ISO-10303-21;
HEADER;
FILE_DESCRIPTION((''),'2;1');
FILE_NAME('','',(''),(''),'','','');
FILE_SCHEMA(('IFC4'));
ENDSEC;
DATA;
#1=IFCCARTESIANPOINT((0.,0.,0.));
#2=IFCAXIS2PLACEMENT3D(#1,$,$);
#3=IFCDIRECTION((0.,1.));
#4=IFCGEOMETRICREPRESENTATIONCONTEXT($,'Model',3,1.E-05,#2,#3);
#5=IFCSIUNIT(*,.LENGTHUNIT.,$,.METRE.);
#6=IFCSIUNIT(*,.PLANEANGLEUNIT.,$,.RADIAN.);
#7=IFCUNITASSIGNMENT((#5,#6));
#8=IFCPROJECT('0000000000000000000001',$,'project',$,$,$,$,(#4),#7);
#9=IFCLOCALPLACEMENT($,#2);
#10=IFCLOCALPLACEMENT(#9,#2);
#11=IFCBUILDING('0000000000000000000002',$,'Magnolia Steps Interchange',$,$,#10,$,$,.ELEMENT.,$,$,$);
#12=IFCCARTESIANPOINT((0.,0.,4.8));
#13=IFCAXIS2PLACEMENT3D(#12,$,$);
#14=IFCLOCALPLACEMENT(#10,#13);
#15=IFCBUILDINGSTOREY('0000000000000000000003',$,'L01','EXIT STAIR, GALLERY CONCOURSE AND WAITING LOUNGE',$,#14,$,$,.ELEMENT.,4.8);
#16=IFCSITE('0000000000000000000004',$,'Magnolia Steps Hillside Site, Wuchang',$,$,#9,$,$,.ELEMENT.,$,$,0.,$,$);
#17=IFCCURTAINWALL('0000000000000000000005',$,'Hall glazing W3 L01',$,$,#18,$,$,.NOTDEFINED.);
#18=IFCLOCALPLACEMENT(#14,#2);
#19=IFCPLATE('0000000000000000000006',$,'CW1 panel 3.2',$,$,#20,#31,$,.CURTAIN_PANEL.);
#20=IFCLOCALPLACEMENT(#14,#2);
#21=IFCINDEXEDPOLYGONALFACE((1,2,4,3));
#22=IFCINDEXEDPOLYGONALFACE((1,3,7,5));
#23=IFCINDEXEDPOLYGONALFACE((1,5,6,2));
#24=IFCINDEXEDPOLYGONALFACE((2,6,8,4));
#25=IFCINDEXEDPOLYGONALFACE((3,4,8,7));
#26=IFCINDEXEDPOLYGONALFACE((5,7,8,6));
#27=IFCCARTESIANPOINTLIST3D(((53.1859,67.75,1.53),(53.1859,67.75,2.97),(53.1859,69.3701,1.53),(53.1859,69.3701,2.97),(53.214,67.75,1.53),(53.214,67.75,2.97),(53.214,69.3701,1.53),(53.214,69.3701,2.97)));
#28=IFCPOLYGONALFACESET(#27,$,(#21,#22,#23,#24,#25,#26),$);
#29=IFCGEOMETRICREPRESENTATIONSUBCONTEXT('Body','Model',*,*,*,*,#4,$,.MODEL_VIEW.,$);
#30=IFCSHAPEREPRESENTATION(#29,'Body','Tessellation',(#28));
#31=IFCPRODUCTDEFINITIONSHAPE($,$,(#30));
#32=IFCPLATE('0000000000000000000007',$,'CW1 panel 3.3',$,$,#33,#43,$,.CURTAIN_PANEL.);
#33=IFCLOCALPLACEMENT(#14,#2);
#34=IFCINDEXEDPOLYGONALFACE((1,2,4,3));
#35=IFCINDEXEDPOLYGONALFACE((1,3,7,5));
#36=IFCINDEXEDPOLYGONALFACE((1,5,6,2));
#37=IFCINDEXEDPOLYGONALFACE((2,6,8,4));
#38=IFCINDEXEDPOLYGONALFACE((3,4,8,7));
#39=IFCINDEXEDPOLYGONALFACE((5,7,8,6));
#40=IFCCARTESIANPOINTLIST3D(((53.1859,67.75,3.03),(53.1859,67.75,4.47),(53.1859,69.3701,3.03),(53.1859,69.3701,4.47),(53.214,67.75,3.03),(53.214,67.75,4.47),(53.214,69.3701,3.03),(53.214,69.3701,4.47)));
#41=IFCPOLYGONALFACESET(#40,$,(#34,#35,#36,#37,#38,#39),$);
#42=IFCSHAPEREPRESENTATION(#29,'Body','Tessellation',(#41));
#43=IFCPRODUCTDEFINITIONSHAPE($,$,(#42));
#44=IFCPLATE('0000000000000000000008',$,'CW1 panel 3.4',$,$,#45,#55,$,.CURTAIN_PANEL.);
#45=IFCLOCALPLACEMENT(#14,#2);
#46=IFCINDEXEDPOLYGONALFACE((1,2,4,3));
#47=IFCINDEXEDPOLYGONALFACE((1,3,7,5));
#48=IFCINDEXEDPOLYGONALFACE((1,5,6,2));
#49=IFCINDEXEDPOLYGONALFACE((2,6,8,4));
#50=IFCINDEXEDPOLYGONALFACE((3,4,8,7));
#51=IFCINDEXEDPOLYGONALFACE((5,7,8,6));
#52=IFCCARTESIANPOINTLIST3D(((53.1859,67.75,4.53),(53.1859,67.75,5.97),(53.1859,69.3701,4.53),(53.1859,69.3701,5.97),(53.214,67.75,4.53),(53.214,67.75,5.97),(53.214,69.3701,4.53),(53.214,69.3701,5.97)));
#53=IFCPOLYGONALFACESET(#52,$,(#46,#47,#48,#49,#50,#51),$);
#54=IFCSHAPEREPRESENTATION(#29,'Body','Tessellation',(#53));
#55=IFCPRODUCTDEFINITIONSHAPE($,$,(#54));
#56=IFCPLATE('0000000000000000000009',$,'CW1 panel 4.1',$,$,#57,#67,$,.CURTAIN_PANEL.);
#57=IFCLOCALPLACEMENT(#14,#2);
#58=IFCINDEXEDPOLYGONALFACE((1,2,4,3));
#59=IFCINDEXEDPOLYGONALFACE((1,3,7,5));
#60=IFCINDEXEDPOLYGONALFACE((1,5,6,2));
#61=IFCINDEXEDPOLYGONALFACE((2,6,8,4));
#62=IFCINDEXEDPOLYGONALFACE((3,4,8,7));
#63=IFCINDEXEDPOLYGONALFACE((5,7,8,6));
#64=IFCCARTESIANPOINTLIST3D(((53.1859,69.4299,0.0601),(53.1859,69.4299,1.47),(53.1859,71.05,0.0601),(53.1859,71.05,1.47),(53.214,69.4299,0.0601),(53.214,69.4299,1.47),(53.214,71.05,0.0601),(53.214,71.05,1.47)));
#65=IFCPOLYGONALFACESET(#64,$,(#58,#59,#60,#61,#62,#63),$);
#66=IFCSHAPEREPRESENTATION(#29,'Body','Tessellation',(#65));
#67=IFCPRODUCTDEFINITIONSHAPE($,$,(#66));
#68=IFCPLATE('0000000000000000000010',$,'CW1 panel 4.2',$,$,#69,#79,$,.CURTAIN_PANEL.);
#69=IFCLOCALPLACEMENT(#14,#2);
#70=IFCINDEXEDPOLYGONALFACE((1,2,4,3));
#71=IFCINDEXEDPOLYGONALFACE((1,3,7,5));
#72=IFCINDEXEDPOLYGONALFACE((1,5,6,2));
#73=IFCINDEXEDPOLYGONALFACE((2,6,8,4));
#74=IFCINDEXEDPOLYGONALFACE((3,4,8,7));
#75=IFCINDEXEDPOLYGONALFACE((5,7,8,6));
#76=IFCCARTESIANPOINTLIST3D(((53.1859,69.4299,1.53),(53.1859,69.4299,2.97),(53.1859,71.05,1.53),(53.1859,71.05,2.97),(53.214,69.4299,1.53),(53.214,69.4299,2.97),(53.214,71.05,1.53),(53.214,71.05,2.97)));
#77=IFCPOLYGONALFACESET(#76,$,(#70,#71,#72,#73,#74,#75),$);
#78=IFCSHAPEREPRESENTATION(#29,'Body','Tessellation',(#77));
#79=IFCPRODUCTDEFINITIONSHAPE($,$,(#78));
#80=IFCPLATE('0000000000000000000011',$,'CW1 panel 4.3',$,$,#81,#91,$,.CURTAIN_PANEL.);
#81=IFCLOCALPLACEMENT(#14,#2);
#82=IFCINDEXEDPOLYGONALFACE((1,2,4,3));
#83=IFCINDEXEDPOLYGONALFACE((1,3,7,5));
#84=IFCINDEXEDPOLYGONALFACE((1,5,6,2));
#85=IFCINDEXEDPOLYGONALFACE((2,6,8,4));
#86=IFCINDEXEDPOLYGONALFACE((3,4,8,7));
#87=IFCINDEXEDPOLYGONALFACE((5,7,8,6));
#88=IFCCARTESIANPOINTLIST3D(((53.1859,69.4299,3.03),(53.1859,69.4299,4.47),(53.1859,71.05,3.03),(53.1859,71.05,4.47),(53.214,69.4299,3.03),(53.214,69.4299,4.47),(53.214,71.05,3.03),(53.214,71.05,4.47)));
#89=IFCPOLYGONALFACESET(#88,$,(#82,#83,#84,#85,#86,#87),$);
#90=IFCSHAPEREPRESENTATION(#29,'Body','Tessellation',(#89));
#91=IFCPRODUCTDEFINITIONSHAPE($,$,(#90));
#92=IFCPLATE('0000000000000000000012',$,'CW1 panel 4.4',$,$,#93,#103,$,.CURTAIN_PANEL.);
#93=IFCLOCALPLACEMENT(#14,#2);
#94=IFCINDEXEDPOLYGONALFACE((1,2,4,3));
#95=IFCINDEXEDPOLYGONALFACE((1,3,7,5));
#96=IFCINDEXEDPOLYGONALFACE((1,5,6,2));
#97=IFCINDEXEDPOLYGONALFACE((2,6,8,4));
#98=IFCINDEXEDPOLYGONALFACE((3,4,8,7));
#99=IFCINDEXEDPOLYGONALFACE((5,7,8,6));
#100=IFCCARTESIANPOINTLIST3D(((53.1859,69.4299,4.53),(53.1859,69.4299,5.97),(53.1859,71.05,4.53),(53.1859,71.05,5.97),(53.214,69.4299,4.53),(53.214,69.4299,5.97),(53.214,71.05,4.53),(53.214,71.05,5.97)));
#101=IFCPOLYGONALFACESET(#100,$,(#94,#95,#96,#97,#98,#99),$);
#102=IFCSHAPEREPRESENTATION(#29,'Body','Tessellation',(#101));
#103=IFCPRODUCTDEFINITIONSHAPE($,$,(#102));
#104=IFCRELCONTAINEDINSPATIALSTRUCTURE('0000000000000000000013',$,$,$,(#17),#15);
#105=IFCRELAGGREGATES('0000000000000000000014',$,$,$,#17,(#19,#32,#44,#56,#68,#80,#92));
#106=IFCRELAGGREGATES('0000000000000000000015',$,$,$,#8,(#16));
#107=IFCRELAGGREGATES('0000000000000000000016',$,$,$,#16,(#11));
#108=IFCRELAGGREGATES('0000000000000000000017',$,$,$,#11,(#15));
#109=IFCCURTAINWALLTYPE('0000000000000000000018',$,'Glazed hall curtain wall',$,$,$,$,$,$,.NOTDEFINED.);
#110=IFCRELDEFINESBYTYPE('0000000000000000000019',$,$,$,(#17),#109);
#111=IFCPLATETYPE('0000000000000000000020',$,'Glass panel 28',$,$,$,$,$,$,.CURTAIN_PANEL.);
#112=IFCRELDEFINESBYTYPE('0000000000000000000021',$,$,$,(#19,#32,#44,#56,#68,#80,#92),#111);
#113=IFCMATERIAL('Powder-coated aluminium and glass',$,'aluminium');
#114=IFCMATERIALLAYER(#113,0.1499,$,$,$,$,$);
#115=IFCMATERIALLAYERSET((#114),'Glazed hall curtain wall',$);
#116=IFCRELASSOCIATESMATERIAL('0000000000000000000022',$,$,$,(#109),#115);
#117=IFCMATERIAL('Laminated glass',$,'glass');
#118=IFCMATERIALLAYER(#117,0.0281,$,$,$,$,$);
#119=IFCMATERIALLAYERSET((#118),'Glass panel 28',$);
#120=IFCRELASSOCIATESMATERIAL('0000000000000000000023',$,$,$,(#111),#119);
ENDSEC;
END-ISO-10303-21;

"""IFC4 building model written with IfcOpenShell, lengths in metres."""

from ifc_helpers import new_model, si_unit, direction, frame, origin, origin_2d, place, context, subcontext, project, spatial, rectangle, extrude, material, layer, layer_set, type_object, element, aggregate, save


model = new_model("IFC4")

# Units and contexts
model_context = context("Model", 3, precision=1e-05, world=origin(), true_north=direction((0.0, 1.0)))
body_context = subcontext(model_context, "Body", "Model", "MODEL_VIEW")
ifc_project = project(units=[si_unit("LENGTHUNIT", "METRE"), si_unit("PLANEANGLEUNIT", "RADIAN")], contexts=[model_context])

# Site, building, storey
site_placement = place(None, origin())
site = spatial("IfcSite", under=ifc_project, at=site_placement, Name="Magnolia Steps Hillside Site, Wuchang", CompositionType="ELEMENT", RefElevation=0.0)
building_placement = place(site_placement, origin())
building = spatial("IfcBuilding", under=site, at=building_placement, Name="Magnolia Steps Interchange", CompositionType="ELEMENT")
storey_placement = place(building_placement, frame((0.0, 0.0, 4.8)))
storey = spatial("IfcBuildingStorey", under=building, at=storey_placement, Name="L01", Description="EXIT STAIR, GALLERY CONCOURSE AND WAITING LOUNGE", CompositionType="ELEMENT", Elevation=4.8)

# Curtain wall, plates
ifc_material_1 = material(Name="Powder-coated aluminium and glass", Category="aluminium")
ifc_layer_1 = layer(ifc_material_1, 0.1499)
ifc_layer_set_1 = layer_set([ifc_layer_1], Name="Glazed hall curtain wall")
curtain_wall_type = type_object("IfcCurtainWallType", Name="Glazed hall curtain wall", PredefinedType="NOTDEFINED", material=ifc_layer_set_1)
curtain_wall_placement = place(storey_placement, origin())
curtain_wall = element("IfcCurtainWall", 1, at=curtain_wall_placement, inside=storey, type_object=curtain_wall_type, Name="Hall glazing W3 L01", PredefinedType="NOTDEFINED")
ifc_material_2 = material(Name="Laminated glass", Category="glass")
ifc_layer_2 = layer(ifc_material_2, 0.0281)
ifc_layer_set_2 = layer_set([ifc_layer_2], Name="Glass panel 28")
plate_type = type_object("IfcPlateType", Name="Glass panel 28", PredefinedType="CURTAIN_PANEL", material=ifc_layer_set_2)
plate_1_placement = place(storey_placement, frame((53.2, 68.5601, 1.53), z_axis=(0.0, 0.0, 1.0), x_axis=(0.0, 1.0, 0.0)))
plate_1 = element("IfcPlate", 2, at=plate_1_placement, type_object=plate_type, Name="CW1 panel 3.2", PredefinedType="CURTAIN_PANEL", context=body_context, shape_type="SweptSolid", body=[
    extrude(rectangle(XDim=1.6201, YDim=0.0281, at=origin_2d()), origin(), (0.0, 0.0, 1.0), 1.4399),
])
plate_2_placement = place(storey_placement, frame((53.2, 68.5601, 3.03), z_axis=(0.0, 0.0, 1.0), x_axis=(0.0, 1.0, 0.0)))
plate_2 = element("IfcPlate", 3, at=plate_2_placement, type_object=plate_type, Name="CW1 panel 3.3", PredefinedType="CURTAIN_PANEL", context=body_context, shape_type="SweptSolid", body=[
    extrude(rectangle(XDim=1.6201, YDim=0.0281, at=origin_2d()), origin(), (0.0, 0.0, 1.0), 1.4399),
])
plate_3_placement = place(storey_placement, frame((53.2, 68.5601, 4.53), z_axis=(0.0, 0.0, 1.0), x_axis=(0.0, 1.0, 0.0)))
plate_3 = element("IfcPlate", 4, at=plate_3_placement, type_object=plate_type, Name="CW1 panel 3.4", PredefinedType="CURTAIN_PANEL", context=body_context, shape_type="SweptSolid", body=[
    extrude(rectangle(XDim=1.6201, YDim=0.0281, at=origin_2d()), origin(), (0.0, 0.0, 1.0), 1.4399),
])
plate_4_placement = place(storey_placement, frame((53.2, 70.24, 0.0601), z_axis=(0.0, 0.0, 1.0), x_axis=(0.0, 1.0, 0.0)))
plate_4 = element("IfcPlate", 5, at=plate_4_placement, type_object=plate_type, Name="CW1 panel 4.1", PredefinedType="CURTAIN_PANEL", context=body_context, shape_type="SweptSolid", body=[
    extrude(rectangle(XDim=1.6201, YDim=0.0281, at=origin_2d()), origin(), (0.0, 0.0, 1.0), 1.4099),
])
plate_5_placement = place(storey_placement, frame((53.2, 70.24, 1.53), z_axis=(0.0, 0.0, 1.0), x_axis=(0.0, 1.0, 0.0)))
plate_5 = element("IfcPlate", 6, at=plate_5_placement, type_object=plate_type, Name="CW1 panel 4.2", PredefinedType="CURTAIN_PANEL", context=body_context, shape_type="SweptSolid", body=[
    extrude(rectangle(XDim=1.6201, YDim=0.0281, at=origin_2d()), origin(), (0.0, 0.0, 1.0), 1.4399),
])
plate_6_placement = place(storey_placement, frame((53.2, 70.24, 3.03), z_axis=(0.0, 0.0, 1.0), x_axis=(0.0, 1.0, 0.0)))
plate_6 = element("IfcPlate", 7, at=plate_6_placement, type_object=plate_type, Name="CW1 panel 4.3", PredefinedType="CURTAIN_PANEL", context=body_context, shape_type="SweptSolid", body=[
    extrude(rectangle(XDim=1.6201, YDim=0.0281, at=origin_2d()), origin(), (0.0, 0.0, 1.0), 1.4399),
])
plate_7_placement = place(storey_placement, frame((53.2, 70.24, 4.53), z_axis=(0.0, 0.0, 1.0), x_axis=(0.0, 1.0, 0.0)))
plate_7 = element("IfcPlate", 8, at=plate_7_placement, type_object=plate_type, Name="CW1 panel 4.4", PredefinedType="CURTAIN_PANEL", context=body_context, shape_type="SweptSolid", body=[
    extrude(rectangle(XDim=1.6201, YDim=0.0281, at=origin_2d()), origin(), (0.0, 0.0, 1.0), 1.4399),
])
aggregate(curtain_wall, [plate_1, plate_2, plate_3, plate_4, plate_5, plate_6, plate_7])

save(model, "model.ifc")
